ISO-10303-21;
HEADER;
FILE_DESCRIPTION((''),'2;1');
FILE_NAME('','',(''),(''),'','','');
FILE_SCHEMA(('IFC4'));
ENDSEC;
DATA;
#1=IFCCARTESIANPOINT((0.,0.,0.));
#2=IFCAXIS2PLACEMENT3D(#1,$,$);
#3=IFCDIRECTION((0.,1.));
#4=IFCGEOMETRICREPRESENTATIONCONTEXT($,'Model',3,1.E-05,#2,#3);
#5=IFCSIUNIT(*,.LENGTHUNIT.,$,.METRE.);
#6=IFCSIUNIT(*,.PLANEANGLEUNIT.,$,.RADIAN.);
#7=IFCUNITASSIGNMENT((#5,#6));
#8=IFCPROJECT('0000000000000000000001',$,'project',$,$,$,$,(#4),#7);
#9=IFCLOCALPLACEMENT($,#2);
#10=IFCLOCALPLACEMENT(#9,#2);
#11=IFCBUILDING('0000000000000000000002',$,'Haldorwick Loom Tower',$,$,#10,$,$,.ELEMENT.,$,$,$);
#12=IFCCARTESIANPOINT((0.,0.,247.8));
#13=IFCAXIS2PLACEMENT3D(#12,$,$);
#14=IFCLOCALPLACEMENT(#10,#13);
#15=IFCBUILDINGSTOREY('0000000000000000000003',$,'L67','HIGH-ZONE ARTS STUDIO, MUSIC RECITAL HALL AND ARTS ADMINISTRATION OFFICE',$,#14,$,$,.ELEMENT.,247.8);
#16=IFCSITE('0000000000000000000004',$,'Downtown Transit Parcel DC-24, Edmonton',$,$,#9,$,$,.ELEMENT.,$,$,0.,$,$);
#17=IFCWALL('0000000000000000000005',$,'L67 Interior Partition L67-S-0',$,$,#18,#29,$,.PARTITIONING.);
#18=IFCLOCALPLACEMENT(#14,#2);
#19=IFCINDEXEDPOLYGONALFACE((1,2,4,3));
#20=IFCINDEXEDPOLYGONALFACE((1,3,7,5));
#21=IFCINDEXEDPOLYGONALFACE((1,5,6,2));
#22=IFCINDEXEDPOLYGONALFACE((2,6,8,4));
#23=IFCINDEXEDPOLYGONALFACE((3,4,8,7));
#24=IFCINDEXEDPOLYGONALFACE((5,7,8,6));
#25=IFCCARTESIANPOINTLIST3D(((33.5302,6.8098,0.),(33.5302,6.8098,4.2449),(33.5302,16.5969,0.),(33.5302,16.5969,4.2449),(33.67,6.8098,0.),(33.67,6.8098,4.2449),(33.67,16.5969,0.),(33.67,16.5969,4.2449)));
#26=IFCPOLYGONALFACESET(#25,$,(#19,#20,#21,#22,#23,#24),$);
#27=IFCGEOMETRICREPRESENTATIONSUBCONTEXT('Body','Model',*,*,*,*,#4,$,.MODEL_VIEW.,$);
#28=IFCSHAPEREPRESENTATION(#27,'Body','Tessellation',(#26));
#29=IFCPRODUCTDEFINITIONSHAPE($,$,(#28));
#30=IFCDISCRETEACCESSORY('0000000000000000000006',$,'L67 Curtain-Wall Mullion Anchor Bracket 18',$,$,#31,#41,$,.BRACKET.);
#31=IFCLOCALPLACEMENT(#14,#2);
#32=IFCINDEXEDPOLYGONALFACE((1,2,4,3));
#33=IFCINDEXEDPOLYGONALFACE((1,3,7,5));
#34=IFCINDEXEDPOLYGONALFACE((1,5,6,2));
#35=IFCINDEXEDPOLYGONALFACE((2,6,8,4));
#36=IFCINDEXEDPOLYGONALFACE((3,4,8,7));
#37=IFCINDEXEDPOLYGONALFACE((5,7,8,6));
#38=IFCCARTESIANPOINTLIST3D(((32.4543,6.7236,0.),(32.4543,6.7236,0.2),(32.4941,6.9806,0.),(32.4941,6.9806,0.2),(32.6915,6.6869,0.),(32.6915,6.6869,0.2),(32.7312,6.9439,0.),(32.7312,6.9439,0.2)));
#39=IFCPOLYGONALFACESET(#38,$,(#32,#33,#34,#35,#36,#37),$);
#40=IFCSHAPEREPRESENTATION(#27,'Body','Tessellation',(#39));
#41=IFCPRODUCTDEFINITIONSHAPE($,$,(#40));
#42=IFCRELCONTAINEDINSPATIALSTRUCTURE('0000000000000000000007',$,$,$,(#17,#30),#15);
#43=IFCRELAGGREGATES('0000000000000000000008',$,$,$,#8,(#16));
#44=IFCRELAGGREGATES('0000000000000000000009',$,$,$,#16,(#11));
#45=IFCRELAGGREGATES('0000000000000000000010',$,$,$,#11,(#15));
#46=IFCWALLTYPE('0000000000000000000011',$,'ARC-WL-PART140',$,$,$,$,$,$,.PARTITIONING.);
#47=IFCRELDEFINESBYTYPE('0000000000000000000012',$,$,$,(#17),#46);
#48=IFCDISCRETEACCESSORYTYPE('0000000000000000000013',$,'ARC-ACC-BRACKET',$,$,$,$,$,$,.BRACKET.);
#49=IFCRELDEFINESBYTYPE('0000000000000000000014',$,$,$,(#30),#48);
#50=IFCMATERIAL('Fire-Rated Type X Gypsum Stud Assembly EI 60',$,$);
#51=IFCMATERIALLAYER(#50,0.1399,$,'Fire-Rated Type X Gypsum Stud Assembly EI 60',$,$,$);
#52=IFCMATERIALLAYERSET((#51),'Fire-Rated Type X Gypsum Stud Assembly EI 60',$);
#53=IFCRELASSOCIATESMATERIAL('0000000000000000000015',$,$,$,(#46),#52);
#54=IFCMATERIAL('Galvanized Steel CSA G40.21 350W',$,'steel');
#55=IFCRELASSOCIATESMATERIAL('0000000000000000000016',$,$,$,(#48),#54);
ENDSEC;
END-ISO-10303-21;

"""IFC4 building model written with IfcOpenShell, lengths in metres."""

from ifc_helpers import new_model, si_unit, direction, frame, frame_2d, origin, origin_2d, place, context, subcontext, project, spatial, rectangle, extrude, material, layer, layer_set, type_object, element, save


model = new_model("IFC4")

# Units and contexts
model_context = context("Model", 3, precision=1e-05, world=origin(), true_north=direction((0.0, 1.0)))
body_context = subcontext(model_context, "Body", "Model", "MODEL_VIEW")
ifc_project = project(units=[si_unit("LENGTHUNIT", "METRE"), si_unit("PLANEANGLEUNIT", "RADIAN")], contexts=[model_context])

# Site, building, storey
site_placement = place(None, origin())
site = spatial("IfcSite", under=ifc_project, at=site_placement, Name="Downtown Transit Parcel DC-24, Edmonton", CompositionType="ELEMENT", RefElevation=0.0)
building_placement = place(site_placement, origin())
building = spatial("IfcBuilding", under=site, at=building_placement, Name="Haldorwick Loom Tower", CompositionType="ELEMENT")
storey_placement = place(building_placement, frame((0.0, 0.0, 247.8)))
storey = spatial("IfcBuildingStorey", under=building, at=storey_placement, Name="L67", Description="HIGH-ZONE ARTS STUDIO, MUSIC RECITAL HALL AND ARTS ADMINISTRATION OFFICE", CompositionType="ELEMENT", Elevation=247.8)

# Wall
ifc_material_1 = material(Name="Fire-Rated Type X Gypsum Stud Assembly EI 60")
ifc_layer_1 = layer(ifc_material_1, 0.1399, Name="Fire-Rated Type X Gypsum Stud Assembly EI 60")
ifc_layer_set_1 = layer_set([ifc_layer_1], Name="Fire-Rated Type X Gypsum Stud Assembly EI 60")
wall_type = type_object("IfcWallType", Name="ARC-WL-PART140", PredefinedType="PARTITIONING", material=ifc_layer_set_1)
wall_placement = place(storey_placement, frame((33.6001, 6.8098, 0.0), z_axis=(0.0, 0.0, 1.0), x_axis=(0.0, 1.0, 0.0)))
element("IfcWall", 1, at=wall_placement, inside=storey, type_object=wall_type, Name="L67 Interior Partition L67-S-0", PredefinedType="PARTITIONING", context=body_context, shape_type="SweptSolid", body=[
    extrude(rectangle(XDim=9.7871, YDim=0.1399, at=frame_2d((4.8936, 0.0))), origin(), (0.0, 0.0, 1.0), 4.2449),
])

# Discrete accessory
ifc_material_2 = material(Name="Galvanized Steel CSA G40.21 350W", Category="steel")
discrete_accessory_type = type_object("IfcDiscreteAccessoryType", Name="ARC-ACC-BRACKET", PredefinedType="BRACKET", material=ifc_material_2)
discrete_accessory_placement = place(storey_placement, frame((32.5928, 6.8337, 0.0), z_axis=(0.0, 0.0, 1.0), x_axis=(-0.152986, -0.988228, 0.0)))
element("IfcDiscreteAccessory", 2, at=discrete_accessory_placement, inside=storey, type_object=discrete_accessory_type, Name="L67 Curtain-Wall Mullion Anchor Bracket 18", PredefinedType="BRACKET", context=body_context, shape_type="SweptSolid", body=[
    extrude(rectangle(XDim=0.26, YDim=0.24, at=origin_2d()), origin(), (0.0, 0.0, 1.0), 0.2),
])

save(model, "model.ifc")
